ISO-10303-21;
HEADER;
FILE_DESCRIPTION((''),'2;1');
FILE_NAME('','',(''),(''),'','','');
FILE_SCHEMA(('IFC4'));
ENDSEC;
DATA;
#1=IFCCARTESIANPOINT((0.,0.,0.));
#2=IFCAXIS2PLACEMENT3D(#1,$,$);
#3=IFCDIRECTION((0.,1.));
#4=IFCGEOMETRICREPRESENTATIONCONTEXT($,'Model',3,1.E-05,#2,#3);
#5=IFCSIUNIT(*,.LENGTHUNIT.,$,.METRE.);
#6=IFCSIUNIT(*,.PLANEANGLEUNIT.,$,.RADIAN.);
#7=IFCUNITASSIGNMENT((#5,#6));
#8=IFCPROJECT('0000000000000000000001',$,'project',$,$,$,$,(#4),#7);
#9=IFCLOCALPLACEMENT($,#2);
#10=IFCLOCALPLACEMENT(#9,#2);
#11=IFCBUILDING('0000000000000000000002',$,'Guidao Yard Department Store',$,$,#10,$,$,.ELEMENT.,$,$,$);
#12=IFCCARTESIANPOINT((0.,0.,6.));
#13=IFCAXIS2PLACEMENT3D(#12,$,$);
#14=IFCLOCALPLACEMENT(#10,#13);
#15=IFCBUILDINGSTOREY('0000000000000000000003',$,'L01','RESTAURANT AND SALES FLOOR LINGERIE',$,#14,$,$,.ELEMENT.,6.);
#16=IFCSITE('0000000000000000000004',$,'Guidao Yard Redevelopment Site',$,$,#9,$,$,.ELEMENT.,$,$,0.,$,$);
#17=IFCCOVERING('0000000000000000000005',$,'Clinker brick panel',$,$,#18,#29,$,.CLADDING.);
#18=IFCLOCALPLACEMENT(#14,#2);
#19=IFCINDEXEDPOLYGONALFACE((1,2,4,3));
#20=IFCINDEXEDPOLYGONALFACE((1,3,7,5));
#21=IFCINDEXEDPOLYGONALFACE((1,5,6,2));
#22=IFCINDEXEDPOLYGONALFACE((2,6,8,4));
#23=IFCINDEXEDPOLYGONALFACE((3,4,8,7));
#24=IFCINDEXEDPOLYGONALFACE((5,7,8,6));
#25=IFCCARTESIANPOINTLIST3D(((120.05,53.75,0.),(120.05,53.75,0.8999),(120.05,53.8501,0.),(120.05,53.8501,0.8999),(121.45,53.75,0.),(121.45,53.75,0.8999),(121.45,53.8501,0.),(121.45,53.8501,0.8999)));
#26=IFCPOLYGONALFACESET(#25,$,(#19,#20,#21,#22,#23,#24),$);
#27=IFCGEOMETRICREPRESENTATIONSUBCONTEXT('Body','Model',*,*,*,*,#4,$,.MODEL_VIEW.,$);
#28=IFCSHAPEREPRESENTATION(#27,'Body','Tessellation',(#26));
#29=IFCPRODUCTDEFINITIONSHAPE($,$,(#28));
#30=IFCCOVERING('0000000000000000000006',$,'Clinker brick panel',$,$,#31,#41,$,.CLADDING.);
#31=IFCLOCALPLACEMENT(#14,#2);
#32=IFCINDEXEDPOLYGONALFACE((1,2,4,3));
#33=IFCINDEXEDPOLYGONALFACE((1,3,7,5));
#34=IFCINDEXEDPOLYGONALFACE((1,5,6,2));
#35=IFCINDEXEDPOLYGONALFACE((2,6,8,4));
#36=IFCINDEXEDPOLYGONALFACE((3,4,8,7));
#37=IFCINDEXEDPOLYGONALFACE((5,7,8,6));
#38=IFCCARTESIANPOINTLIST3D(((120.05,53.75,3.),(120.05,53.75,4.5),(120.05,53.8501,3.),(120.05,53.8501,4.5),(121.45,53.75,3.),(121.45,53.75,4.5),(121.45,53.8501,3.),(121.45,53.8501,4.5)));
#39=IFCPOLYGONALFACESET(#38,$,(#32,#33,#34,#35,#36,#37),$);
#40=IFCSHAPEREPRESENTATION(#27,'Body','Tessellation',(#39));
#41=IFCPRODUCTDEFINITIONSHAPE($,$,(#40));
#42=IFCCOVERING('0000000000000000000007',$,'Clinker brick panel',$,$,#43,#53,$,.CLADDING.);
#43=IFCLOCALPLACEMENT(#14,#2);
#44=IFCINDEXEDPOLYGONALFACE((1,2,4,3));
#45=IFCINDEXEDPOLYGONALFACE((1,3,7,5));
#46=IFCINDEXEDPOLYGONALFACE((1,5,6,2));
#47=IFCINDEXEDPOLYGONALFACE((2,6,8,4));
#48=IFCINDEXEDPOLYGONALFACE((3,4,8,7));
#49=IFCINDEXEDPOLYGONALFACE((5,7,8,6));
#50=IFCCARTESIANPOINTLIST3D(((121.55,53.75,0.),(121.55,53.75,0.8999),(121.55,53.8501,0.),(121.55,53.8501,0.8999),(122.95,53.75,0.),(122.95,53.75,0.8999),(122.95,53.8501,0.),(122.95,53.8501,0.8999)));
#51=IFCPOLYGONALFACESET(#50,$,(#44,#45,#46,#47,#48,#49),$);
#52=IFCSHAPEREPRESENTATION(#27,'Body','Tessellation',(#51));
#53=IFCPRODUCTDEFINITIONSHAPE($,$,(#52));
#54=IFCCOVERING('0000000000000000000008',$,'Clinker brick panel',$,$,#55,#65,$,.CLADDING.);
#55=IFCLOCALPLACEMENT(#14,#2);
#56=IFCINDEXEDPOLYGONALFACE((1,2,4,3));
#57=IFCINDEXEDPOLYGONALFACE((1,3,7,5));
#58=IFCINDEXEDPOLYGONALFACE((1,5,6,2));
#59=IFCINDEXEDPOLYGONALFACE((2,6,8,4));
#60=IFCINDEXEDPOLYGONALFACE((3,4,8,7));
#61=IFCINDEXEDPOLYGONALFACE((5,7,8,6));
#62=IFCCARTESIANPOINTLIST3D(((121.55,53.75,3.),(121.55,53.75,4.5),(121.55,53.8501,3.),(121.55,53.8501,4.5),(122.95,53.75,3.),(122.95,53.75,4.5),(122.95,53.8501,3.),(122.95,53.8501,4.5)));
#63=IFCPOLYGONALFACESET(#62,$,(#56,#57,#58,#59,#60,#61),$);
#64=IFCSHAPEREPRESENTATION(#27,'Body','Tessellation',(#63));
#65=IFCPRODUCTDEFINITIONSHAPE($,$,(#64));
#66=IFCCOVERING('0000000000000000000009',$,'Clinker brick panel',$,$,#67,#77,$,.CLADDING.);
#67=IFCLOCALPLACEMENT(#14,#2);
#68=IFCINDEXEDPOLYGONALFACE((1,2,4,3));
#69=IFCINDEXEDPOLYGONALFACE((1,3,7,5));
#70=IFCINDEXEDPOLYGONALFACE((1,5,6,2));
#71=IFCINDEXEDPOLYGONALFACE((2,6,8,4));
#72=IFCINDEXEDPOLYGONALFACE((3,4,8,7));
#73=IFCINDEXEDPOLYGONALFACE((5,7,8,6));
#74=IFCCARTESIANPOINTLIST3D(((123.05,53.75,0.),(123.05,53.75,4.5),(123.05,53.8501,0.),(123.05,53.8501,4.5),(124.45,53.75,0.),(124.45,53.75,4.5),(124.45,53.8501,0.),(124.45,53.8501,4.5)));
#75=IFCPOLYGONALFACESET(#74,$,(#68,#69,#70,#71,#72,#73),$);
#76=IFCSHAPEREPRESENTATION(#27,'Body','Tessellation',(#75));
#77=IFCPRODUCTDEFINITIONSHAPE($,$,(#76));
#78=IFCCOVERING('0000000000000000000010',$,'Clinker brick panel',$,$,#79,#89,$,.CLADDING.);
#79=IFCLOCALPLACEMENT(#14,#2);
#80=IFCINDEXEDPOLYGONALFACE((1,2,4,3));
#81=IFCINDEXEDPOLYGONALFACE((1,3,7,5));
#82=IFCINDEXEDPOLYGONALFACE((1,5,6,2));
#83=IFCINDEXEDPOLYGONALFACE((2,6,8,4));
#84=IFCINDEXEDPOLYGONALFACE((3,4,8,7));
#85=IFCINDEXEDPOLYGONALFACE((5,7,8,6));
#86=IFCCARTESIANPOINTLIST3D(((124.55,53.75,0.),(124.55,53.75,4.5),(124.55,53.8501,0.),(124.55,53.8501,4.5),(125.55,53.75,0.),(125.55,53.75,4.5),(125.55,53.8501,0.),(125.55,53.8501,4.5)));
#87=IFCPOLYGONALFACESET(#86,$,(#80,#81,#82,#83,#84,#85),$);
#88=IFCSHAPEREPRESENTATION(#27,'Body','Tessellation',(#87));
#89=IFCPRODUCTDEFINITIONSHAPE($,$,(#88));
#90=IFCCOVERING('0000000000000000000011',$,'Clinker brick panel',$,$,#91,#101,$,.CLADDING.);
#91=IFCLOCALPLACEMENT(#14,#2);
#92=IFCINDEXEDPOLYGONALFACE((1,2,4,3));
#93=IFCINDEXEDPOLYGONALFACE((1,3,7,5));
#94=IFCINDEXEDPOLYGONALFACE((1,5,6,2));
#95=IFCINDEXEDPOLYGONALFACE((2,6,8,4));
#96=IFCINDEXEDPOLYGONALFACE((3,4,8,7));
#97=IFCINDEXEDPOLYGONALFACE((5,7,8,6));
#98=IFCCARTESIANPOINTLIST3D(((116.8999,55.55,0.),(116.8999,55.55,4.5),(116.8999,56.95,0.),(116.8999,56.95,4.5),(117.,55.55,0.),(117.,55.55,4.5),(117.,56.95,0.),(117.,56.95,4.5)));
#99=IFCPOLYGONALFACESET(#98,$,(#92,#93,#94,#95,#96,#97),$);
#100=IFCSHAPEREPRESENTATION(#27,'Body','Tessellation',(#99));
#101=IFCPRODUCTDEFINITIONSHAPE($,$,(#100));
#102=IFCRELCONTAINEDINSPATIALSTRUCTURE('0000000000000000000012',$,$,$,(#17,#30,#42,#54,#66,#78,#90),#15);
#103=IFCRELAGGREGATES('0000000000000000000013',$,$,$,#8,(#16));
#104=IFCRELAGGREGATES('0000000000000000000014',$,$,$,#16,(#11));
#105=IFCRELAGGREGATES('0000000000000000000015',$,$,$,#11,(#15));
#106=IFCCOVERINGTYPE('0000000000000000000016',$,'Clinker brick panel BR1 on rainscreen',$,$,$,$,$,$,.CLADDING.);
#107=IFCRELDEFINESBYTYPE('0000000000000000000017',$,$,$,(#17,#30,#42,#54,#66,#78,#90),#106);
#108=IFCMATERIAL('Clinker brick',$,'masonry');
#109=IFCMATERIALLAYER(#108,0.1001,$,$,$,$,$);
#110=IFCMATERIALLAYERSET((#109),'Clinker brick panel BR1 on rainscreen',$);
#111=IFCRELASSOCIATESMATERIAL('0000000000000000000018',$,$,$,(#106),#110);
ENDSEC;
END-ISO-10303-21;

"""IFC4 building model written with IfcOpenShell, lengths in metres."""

from ifc_helpers import new_model, si_unit, direction, frame, origin, origin_2d, place, context, subcontext, project, spatial, rectangle, extrude, material, layer, layer_set, type_object, element, save


model = new_model("IFC4")

# Units and contexts
model_context = context("Model", 3, precision=1e-05, world=origin(), true_north=direction((0.0, 1.0)))
body_context = subcontext(model_context, "Body", "Model", "MODEL_VIEW")
ifc_project = project(units=[si_unit("LENGTHUNIT", "METRE"), si_unit("PLANEANGLEUNIT", "RADIAN")], contexts=[model_context])

# Site, building, storey
site_placement = place(None, origin())
site = spatial("IfcSite", under=ifc_project, at=site_placement, Name="Guidao Yard Redevelopment Site", CompositionType="ELEMENT", RefElevation=0.0)
building_placement = place(site_placement, origin())
building = spatial("IfcBuilding", under=site, at=building_placement, Name="Guidao Yard Department Store", CompositionType="ELEMENT")
storey_placement = place(building_placement, frame((0.0, 0.0, 6.0)))
storey = spatial("IfcBuildingStorey", under=building, at=storey_placement, Name="L01", Description="RESTAURANT AND SALES FLOOR LINGERIE", CompositionType="ELEMENT", Elevation=6.0)

# Coverings
ifc_material_1 = material(Name="Clinker brick", Category="masonry")
ifc_layer_1 = layer(ifc_material_1, 0.1001)
ifc_layer_set_1 = layer_set([ifc_layer_1], Name="Clinker brick panel BR1 on rainscreen")
covering_type = type_object("IfcCoveringType", Name="Clinker brick panel BR1 on rainscreen", PredefinedType="CLADDING", material=ifc_layer_set_1)
covering_1_placement = place(storey_placement, frame((120.75, 53.8, 0.0), z_axis=(0.0, 0.0, 1.0), x_axis=(-1.0, 0.0, 0.0)))
element("IfcCovering", 1, at=covering_1_placement, inside=storey, type_object=covering_type, Name="Clinker brick panel", PredefinedType="CLADDING", context=body_context, shape_type="SweptSolid", body=[
    extrude(rectangle(XDim=1.3999, YDim=0.1001, at=origin_2d()), origin(), (0.0, 0.0, 1.0), 0.8999),
])
covering_2_placement = place(storey_placement, frame((120.75, 53.8, 3.0), z_axis=(0.0, 0.0, 1.0), x_axis=(-1.0, 0.0, 0.0)))
element("IfcCovering", 2, at=covering_2_placement, inside=storey, type_object=covering_type, Name="Clinker brick panel", PredefinedType="CLADDING", context=body_context, shape_type="SweptSolid", body=[
    extrude(rectangle(XDim=1.3999, YDim=0.1001, at=origin_2d()), origin(), (0.0, 0.0, 1.0), 1.5),
])
covering_3_placement = place(storey_placement, frame((122.25, 53.8, 0.0), z_axis=(0.0, 0.0, 1.0), x_axis=(-1.0, 0.0, 0.0)))
element("IfcCovering", 3, at=covering_3_placement, inside=storey, type_object=covering_type, Name="Clinker brick panel", PredefinedType="CLADDING", context=body_context, shape_type="SweptSolid", body=[
    extrude(rectangle(XDim=1.3999, YDim=0.1001, at=origin_2d()), origin(), (0.0, 0.0, 1.0), 0.8999),
])
covering_4_placement = place(storey_placement, frame((122.25, 53.8, 3.0), z_axis=(0.0, 0.0, 1.0), x_axis=(-1.0, 0.0, 0.0)))
element("IfcCovering", 4, at=covering_4_placement, inside=storey, type_object=covering_type, Name="Clinker brick panel", PredefinedType="CLADDING", context=body_context, shape_type="SweptSolid", body=[
    extrude(rectangle(XDim=1.3999, YDim=0.1001, at=origin_2d()), origin(), (0.0, 0.0, 1.0), 1.5),
])
covering_5_placement = place(storey_placement, frame((123.75, 53.8, 0.0), z_axis=(0.0, 0.0, 1.0), x_axis=(-1.0, 0.0, 0.0)))
element("IfcCovering", 5, at=covering_5_placement, inside=storey, type_object=covering_type, Name="Clinker brick panel", PredefinedType="CLADDING", context=body_context, shape_type="SweptSolid", body=[
    extrude(rectangle(XDim=1.3999, YDim=0.1001, at=origin_2d()), origin(), (0.0, 0.0, 1.0), 4.5),
])
covering_6_placement = place(storey_placement, frame((125.05, 53.8, 0.0), z_axis=(0.0, 0.0, 1.0), x_axis=(-1.0, 0.0, 0.0)))
element("IfcCovering", 6, at=covering_6_placement, inside=storey, type_object=covering_type, Name="Clinker brick panel", PredefinedType="CLADDING", context=body_context, shape_type="SweptSolid", body=[
    extrude(rectangle(XDim=1.0, YDim=0.1001, at=origin_2d()), origin(), (0.0, 0.0, 1.0), 4.5),
])
covering_7_placement = place(storey_placement, frame((116.95, 56.25, 0.0), z_axis=(0.0, 0.0, 1.0), x_axis=(0.0, 1.0, 0.0)))
element("IfcCovering", 7, at=covering_7_placement, inside=storey, type_object=covering_type, Name="Clinker brick panel", PredefinedType="CLADDING", context=body_context, shape_type="SweptSolid", body=[
    extrude(rectangle(XDim=1.3999, YDim=0.1001, at=origin_2d()), origin(), (0.0, 0.0, 1.0), 4.5),
])

save(model, "model.ifc")
